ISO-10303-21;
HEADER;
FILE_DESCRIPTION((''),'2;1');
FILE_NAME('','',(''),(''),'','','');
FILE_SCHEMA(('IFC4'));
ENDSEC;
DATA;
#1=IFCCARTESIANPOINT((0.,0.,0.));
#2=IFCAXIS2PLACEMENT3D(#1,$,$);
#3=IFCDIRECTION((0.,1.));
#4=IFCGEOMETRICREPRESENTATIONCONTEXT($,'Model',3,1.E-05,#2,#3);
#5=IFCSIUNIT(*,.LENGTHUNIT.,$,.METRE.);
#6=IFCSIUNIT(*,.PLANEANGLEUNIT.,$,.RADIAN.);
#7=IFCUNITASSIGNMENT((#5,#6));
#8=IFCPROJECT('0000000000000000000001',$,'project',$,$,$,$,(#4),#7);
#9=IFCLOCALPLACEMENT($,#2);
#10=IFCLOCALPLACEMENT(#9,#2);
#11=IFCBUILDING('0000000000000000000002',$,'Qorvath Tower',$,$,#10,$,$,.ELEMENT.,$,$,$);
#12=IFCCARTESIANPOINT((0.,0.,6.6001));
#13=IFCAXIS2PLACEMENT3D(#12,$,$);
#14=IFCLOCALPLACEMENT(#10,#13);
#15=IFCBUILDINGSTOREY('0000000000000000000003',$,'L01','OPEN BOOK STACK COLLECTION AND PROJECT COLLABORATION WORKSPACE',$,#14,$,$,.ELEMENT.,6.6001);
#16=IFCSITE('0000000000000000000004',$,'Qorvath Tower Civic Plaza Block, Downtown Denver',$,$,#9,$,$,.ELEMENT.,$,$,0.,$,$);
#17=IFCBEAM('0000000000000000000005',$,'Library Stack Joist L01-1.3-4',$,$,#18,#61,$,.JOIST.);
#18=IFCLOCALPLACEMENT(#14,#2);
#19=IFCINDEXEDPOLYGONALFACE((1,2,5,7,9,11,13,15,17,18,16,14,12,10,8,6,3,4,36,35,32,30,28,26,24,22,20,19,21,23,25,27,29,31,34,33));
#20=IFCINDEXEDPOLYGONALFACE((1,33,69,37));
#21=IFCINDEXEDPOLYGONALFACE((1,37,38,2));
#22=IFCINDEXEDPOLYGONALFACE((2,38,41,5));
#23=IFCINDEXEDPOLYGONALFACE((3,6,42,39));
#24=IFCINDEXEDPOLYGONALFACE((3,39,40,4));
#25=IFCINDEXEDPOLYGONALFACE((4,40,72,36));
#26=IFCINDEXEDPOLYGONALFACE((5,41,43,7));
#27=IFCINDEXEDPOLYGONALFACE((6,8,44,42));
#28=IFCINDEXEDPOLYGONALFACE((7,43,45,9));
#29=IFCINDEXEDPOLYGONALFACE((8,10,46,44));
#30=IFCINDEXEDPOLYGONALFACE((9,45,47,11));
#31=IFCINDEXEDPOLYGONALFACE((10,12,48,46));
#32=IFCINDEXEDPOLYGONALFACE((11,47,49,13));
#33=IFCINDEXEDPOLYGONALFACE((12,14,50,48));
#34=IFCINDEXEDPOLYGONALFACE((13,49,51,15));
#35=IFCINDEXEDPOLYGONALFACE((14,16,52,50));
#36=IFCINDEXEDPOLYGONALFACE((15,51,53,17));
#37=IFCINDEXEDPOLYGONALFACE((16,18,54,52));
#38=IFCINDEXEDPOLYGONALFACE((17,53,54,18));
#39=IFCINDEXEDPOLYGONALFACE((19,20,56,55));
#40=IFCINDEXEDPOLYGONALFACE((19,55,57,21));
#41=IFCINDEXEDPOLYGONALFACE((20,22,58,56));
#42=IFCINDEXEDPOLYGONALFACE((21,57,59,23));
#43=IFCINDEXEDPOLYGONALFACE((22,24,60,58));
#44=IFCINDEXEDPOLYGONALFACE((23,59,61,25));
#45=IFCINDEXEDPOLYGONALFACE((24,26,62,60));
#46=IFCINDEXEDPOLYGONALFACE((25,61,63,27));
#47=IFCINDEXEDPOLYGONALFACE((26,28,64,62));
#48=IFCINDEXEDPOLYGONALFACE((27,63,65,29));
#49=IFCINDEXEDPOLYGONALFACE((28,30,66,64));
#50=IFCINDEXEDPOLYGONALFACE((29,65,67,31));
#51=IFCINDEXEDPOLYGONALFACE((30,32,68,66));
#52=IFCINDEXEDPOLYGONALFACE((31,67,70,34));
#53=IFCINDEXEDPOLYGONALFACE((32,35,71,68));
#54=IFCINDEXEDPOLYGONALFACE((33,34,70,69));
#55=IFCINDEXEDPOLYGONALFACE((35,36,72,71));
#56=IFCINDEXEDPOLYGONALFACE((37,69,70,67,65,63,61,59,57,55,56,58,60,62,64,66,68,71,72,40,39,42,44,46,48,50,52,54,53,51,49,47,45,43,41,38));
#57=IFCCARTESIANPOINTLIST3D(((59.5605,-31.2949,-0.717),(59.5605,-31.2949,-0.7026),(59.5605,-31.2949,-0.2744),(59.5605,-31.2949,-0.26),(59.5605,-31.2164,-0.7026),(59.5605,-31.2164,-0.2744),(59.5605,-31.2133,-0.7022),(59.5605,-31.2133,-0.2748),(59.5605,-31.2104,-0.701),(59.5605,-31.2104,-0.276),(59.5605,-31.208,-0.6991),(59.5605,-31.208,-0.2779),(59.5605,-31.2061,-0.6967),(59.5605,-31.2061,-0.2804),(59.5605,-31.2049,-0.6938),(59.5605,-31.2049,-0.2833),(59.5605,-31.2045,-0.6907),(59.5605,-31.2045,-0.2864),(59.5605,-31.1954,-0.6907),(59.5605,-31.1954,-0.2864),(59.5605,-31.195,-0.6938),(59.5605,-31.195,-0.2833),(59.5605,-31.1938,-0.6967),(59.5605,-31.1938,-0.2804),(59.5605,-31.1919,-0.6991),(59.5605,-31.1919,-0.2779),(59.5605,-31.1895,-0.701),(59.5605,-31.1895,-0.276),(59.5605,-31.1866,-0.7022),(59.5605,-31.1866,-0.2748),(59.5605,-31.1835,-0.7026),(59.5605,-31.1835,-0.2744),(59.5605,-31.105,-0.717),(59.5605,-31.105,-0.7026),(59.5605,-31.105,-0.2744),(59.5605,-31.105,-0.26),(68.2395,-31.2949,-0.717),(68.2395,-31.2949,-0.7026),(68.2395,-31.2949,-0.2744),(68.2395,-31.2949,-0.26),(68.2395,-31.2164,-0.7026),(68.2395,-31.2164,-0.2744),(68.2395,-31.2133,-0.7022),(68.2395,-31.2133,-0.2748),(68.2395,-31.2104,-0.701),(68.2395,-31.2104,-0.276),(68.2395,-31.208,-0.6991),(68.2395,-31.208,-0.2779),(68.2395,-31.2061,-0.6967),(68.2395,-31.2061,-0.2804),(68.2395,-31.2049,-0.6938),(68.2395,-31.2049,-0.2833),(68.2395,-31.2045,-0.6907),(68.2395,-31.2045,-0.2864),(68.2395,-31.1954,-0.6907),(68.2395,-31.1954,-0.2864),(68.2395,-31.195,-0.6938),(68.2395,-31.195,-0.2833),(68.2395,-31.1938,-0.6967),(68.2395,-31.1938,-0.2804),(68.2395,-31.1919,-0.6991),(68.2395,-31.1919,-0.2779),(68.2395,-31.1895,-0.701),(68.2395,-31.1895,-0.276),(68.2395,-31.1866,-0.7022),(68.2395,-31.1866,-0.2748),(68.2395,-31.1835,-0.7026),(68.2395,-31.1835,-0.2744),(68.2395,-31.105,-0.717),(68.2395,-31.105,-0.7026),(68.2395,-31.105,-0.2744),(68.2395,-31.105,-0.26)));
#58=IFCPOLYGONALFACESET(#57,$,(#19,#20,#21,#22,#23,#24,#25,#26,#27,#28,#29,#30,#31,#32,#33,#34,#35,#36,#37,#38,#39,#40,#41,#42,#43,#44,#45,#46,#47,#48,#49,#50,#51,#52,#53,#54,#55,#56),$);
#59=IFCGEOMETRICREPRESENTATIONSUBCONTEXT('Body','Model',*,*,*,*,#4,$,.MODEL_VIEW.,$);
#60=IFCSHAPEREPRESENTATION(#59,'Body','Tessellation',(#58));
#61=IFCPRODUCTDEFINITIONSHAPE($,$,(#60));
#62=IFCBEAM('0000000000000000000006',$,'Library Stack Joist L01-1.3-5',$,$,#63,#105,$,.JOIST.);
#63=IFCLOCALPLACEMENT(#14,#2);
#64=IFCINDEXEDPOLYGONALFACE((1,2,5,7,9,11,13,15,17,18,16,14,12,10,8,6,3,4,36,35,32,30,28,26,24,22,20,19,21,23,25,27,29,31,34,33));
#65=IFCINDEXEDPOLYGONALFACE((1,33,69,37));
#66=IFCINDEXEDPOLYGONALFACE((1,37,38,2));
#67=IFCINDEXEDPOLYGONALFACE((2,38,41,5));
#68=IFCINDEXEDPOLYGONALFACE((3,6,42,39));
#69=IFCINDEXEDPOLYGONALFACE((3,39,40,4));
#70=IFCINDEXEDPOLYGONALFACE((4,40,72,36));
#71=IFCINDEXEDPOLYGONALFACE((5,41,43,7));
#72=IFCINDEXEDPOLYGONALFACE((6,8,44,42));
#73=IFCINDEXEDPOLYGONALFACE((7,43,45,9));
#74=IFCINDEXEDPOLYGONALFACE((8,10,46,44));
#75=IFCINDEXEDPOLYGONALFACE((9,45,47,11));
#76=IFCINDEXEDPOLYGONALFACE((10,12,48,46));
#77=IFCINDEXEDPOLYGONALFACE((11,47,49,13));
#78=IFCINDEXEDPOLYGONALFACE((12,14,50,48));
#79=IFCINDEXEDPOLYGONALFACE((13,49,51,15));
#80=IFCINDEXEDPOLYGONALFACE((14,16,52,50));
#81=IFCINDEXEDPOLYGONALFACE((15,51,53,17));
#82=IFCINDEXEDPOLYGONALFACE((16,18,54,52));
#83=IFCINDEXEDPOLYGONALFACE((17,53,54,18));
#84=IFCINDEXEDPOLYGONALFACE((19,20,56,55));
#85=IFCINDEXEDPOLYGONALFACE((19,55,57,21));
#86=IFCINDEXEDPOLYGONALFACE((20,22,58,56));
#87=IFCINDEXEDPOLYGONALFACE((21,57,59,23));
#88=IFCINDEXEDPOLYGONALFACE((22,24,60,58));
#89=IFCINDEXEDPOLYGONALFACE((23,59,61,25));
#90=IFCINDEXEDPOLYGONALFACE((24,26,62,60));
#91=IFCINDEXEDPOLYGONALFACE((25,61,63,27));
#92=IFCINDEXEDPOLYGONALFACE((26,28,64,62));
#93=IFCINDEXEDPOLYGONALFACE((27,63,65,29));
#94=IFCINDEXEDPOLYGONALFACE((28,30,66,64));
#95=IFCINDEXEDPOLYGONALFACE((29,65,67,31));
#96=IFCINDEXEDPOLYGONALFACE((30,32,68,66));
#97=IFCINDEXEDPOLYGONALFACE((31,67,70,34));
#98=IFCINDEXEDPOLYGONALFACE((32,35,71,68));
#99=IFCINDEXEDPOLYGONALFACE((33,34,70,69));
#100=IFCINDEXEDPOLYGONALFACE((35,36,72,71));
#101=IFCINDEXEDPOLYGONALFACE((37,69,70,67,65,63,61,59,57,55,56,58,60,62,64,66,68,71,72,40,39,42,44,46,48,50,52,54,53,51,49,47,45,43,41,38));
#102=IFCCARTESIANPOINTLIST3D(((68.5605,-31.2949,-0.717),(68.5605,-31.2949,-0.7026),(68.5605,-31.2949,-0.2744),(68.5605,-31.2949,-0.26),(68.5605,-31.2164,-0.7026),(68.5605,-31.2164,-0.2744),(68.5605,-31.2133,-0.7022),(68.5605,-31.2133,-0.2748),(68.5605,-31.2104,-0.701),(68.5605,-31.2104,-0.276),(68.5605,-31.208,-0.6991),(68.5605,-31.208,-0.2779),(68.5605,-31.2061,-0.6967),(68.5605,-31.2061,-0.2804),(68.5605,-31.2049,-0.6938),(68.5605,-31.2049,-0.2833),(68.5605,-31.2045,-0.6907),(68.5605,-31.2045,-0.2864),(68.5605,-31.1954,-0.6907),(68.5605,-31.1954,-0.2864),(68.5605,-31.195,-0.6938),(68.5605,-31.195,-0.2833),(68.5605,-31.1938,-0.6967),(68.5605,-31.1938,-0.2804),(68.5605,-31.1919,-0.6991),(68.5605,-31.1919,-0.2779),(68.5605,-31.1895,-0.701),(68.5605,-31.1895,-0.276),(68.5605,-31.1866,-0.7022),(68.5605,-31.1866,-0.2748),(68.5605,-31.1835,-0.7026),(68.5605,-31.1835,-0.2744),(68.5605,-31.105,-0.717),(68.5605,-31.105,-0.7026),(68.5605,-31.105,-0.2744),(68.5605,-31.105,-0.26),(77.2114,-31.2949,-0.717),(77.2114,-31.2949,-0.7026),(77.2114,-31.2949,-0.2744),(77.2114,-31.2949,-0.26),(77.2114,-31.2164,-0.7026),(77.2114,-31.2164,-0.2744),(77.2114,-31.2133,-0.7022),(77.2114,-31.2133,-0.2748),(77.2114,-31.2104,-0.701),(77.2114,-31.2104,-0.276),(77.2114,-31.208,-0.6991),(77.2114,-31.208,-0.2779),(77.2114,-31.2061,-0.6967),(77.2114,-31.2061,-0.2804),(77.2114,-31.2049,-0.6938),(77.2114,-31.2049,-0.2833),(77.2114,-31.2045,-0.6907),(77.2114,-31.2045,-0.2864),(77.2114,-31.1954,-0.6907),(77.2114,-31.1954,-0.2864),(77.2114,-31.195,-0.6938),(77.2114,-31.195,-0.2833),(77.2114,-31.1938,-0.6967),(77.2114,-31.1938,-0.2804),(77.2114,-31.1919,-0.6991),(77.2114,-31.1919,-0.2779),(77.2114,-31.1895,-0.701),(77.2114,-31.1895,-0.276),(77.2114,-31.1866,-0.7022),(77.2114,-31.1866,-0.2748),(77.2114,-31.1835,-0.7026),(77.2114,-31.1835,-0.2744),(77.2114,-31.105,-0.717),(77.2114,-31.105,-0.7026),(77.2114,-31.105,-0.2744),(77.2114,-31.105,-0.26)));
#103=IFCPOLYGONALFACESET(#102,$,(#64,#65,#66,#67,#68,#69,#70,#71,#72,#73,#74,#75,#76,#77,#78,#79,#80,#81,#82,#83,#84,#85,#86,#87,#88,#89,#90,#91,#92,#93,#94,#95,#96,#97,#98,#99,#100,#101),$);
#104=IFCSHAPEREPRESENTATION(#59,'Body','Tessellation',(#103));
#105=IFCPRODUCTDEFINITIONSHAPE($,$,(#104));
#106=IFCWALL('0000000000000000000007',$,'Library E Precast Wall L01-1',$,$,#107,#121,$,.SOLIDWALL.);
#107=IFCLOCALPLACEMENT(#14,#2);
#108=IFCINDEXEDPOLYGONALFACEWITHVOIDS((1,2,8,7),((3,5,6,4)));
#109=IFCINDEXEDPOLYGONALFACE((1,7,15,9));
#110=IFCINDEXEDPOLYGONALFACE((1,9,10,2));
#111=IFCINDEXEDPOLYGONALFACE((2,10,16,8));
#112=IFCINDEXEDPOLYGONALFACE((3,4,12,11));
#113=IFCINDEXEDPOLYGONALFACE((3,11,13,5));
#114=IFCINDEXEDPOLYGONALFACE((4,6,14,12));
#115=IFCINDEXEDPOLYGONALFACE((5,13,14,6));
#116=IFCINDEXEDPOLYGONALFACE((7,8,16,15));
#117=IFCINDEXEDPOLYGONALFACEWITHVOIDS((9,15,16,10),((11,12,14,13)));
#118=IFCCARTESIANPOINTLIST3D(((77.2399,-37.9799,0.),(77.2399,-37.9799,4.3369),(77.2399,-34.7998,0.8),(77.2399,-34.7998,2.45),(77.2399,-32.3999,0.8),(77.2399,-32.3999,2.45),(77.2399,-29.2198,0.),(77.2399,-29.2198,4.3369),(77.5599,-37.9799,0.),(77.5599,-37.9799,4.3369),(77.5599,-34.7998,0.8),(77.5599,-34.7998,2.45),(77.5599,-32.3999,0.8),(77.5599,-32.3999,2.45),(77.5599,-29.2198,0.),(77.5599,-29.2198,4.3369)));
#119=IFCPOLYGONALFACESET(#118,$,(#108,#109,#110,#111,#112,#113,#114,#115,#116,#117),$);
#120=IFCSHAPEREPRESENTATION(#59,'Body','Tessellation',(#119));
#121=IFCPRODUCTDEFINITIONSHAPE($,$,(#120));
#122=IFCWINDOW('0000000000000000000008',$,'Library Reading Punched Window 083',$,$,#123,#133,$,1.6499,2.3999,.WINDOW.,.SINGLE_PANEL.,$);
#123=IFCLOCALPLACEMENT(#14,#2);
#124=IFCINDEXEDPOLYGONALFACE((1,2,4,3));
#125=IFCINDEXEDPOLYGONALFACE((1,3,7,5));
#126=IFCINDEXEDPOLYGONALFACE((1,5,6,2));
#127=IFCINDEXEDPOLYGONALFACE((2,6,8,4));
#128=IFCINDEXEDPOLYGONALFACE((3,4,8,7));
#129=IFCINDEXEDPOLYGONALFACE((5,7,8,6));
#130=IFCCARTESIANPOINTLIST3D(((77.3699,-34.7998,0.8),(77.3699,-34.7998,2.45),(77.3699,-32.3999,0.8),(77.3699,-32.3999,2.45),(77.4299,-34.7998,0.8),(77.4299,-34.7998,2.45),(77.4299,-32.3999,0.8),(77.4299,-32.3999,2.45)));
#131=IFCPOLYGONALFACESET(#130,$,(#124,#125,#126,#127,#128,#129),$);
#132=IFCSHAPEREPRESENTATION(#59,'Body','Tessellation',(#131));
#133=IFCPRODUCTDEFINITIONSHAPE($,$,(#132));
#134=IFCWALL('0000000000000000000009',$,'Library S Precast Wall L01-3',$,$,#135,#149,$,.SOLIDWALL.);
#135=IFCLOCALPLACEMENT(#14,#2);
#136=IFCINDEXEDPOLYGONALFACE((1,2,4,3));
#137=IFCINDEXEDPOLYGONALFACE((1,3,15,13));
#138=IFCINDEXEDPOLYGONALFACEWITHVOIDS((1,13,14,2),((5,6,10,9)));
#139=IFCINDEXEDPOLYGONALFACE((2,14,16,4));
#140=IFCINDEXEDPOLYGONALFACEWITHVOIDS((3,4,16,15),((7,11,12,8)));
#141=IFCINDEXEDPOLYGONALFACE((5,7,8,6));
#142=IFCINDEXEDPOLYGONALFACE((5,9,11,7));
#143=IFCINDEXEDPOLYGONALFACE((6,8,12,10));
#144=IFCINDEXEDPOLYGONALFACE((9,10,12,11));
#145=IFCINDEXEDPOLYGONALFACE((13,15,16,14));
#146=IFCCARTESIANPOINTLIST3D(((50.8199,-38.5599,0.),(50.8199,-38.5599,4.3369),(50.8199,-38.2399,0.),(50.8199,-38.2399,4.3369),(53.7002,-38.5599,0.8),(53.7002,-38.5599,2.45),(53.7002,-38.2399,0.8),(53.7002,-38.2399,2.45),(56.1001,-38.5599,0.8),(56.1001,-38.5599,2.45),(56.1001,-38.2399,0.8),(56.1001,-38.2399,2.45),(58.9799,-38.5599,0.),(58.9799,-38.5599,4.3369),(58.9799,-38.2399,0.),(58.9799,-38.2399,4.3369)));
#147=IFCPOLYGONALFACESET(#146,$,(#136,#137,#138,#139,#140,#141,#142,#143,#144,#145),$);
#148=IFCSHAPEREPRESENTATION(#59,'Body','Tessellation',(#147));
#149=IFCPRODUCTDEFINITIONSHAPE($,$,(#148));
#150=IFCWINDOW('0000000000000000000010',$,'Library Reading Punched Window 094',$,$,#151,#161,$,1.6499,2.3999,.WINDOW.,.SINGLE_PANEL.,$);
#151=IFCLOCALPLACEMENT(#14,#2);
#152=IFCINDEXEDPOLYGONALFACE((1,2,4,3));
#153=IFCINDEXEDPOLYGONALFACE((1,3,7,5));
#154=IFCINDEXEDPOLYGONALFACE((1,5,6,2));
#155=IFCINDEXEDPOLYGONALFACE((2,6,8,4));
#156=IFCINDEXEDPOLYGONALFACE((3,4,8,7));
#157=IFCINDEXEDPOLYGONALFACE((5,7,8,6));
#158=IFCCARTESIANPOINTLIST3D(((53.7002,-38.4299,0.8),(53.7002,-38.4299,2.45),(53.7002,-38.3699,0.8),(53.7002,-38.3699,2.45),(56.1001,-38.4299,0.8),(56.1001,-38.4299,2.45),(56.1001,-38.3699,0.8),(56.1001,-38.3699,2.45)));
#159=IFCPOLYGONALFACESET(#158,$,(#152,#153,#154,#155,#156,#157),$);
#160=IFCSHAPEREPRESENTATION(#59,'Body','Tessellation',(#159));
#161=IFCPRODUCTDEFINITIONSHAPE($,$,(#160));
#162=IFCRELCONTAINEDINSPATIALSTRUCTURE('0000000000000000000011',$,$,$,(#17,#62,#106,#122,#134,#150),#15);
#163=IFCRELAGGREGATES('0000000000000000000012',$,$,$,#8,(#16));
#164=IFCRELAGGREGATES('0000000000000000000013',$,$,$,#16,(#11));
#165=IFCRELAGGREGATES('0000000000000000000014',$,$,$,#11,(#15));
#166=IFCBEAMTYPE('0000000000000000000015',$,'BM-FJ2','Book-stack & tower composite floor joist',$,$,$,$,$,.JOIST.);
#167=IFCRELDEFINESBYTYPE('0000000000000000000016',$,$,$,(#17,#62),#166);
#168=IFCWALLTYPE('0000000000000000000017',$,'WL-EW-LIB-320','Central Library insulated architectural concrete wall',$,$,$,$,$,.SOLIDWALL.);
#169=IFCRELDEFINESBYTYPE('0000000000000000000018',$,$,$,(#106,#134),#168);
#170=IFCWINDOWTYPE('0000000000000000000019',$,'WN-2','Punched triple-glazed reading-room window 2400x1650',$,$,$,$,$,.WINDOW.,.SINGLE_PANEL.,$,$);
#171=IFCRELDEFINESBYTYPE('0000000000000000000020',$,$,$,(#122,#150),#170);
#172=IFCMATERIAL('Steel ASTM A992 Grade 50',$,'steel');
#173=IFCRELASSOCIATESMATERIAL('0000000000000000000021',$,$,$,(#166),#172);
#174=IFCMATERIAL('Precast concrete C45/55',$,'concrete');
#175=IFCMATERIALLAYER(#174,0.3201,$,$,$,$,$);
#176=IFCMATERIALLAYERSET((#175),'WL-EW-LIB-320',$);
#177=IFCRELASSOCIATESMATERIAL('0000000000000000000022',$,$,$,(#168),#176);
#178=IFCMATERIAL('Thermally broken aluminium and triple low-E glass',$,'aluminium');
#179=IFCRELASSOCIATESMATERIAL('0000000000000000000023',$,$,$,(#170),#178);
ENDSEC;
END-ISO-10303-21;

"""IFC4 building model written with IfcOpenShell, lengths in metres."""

from ifc_helpers import new_model, si_unit, direction, frame, frame_2d, origin, origin_2d, place, context, subcontext, project, spatial, rectangle, i_section, extrude, material, layer, layer_set, material_profile, profile_set, type_object, element, fill, save


model = new_model("IFC4")

# Units and contexts
model_context = context("Model", 3, precision=1e-05, world=origin(), true_north=direction((0.0, 1.0)))
body_context = subcontext(model_context, "Body", "Model", "MODEL_VIEW")
ifc_project = project(units=[si_unit("LENGTHUNIT", "METRE"), si_unit("PLANEANGLEUNIT", "RADIAN")], contexts=[model_context])

# Site, building, storey
site_placement = place(None, origin())
site = spatial("IfcSite", under=ifc_project, at=site_placement, Name="Qorvath Tower Civic Plaza Block, Downtown Denver", CompositionType="ELEMENT", RefElevation=0.0)
building_placement = place(site_placement, origin())
building = spatial("IfcBuilding", under=site, at=building_placement, Name="Qorvath Tower", CompositionType="ELEMENT")
storey_placement = place(building_placement, frame((0.0, 0.0, 6.6001)))
storey = spatial("IfcBuildingStorey", under=building, at=storey_placement, Name="L01", Description="OPEN BOOK STACK COLLECTION AND PROJECT COLLABORATION WORKSPACE", CompositionType="ELEMENT", Elevation=6.6001)

# Beams
ifc_material_1 = material(Name="Steel ASTM A992 Grade 50", Category="steel")
ifc_material_profile_1 = material_profile(ifc_material_1, i_section(OverallWidth=0.1899, OverallDepth=0.457, WebThickness=0.009, FlangeThickness=0.0144, FilletRadius=0.012, at=origin_2d()), Name="W18x50")
ifc_profile_set_1 = profile_set([ifc_material_profile_1], Name="Steel ASTM A992 Grade 50")
beam_type_1 = type_object("IfcBeamType", Name="BM-FJ2", Description="Book-stack & tower composite floor joist", PredefinedType="JOIST", material=ifc_profile_set_1)
beam_1_placement = place(storey_placement, frame((59.5605, -31.2, -0.4885), z_axis=(1.0, 0.0, 0.0), x_axis=(0.0, 1.0, 0.0)))
element("IfcBeam", 1, at=beam_1_placement, inside=storey, type_object=beam_type_1, Name="Library Stack Joist L01-1.3-4", PredefinedType="JOIST", context=body_context, shape_type="SweptSolid", body=[
    extrude(i_section(OverallWidth=0.1899, OverallDepth=0.457, WebThickness=0.009, FlangeThickness=0.0144, FilletRadius=0.012, at=origin_2d()), origin(), (0.0, 0.0, 1.0), 8.679),
])
beam_2_placement = place(storey_placement, frame((68.5605, -31.2, -0.4885), z_axis=(1.0, 0.0, 0.0), x_axis=(0.0, 1.0, 0.0)))
element("IfcBeam", 2, at=beam_2_placement, inside=storey, type_object=beam_type_1, Name="Library Stack Joist L01-1.3-5", PredefinedType="JOIST", context=body_context, shape_type="SweptSolid", body=[
    extrude(i_section(OverallWidth=0.1899, OverallDepth=0.457, WebThickness=0.009, FlangeThickness=0.0144, FilletRadius=0.012, at=origin_2d()), origin(), (0.0, 0.0, 1.0), 8.6509),
])

# Walls, openings, windows
ifc_material_2 = material(Name="Precast concrete C45/55", Category="concrete")
ifc_layer = layer(ifc_material_2, 0.3201)
ifc_layer_set = layer_set([ifc_layer], Name="WL-EW-LIB-320")
wall_type = type_object("IfcWallType", Name="WL-EW-LIB-320", Description="Central Library insulated architectural concrete wall", PredefinedType="SOLIDWALL", material=ifc_layer_set)
wall_1_placement = place(storey_placement, frame((77.3999, -29.22, 0.0), z_axis=(0.0, 0.0, 1.0), x_axis=(0.0, -1.0, 0.0)))
wall_1 = element("IfcWall", 3, at=wall_1_placement, inside=storey, type_object=wall_type, Name="Library E Precast Wall L01-1", PredefinedType="SOLIDWALL", context=body_context, shape_type="SweptSolid", body=[
    extrude(rectangle(XDim=8.76, YDim=0.3201, at=frame_2d((4.3799, 0.0))), origin(), (0.0, 0.0, 1.0), 4.3369),
])
opening_1_placement = place(wall_1_placement, frame((3.1799, 0.0, 0.8)))
opening_1 = element("IfcOpeningElement", 4, at=opening_1_placement, cuts=wall_1, PredefinedType="OPENING", context=body_context, shape_type="SweptSolid", body=[
    extrude(rectangle(XDim=2.3999, YDim=1.6499, at=frame_2d((1.2, 0.825))), frame((0.0, 0.1699, 0.0), z_axis=(0.0, -1.0, 0.0), x_axis=(1.0, 0.0, 0.0)), (0.0, 0.0, 1.0), 0.3401),
])
ifc_material_3 = material(Name="Thermally broken aluminium and triple low-E glass", Category="aluminium")
window_type = type_object("IfcWindowType", Name="WN-2", Description="Punched triple-glazed reading-room window 2400x1650", PartitioningType="SINGLE_PANEL", PredefinedType="WINDOW", material=ifc_material_3)
window_1_placement = place(opening_1_placement, origin())
window_1 = element("IfcWindow", 5, at=window_1_placement, inside=storey, type_object=window_type, Name="Library Reading Punched Window 083", OverallHeight=1.6499, OverallWidth=2.3999, PartitioningType="SINGLE_PANEL", PredefinedType="WINDOW", context=body_context, shape_type="SweptSolid", body=[
    extrude(rectangle(XDim=2.3999, YDim=1.6499, at=frame_2d((1.2, 0.825))), frame((0.0, 0.03, 0.0), z_axis=(0.0, -1.0, 0.0), x_axis=(1.0, 0.0, 0.0)), (0.0, 0.0, 1.0), 0.0601),
])
fill(opening_1, window_1)
wall_2_placement = place(storey_placement, frame((58.98, -38.3999, 0.0), z_axis=(0.0, 0.0, 1.0), x_axis=(-1.0, 0.0, 0.0)))
wall_2 = element("IfcWall", 6, at=wall_2_placement, inside=storey, type_object=wall_type, Name="Library S Precast Wall L01-3", PredefinedType="SOLIDWALL", context=body_context, shape_type="SweptSolid", body=[
    extrude(rectangle(XDim=8.1599, YDim=0.3201, at=frame_2d((4.0801, 0.0))), origin(), (0.0, 0.0, 1.0), 4.3369),
])
opening_2_placement = place(wall_2_placement, frame((2.8799, 0.0, 0.8)))
opening_2 = element("IfcOpeningElement", 7, at=opening_2_placement, cuts=wall_2, PredefinedType="OPENING", context=body_context, shape_type="SweptSolid", body=[
    extrude(rectangle(XDim=2.3999, YDim=1.6499, at=frame_2d((1.2, 0.825))), frame((0.0, 0.1699, 0.0), z_axis=(0.0, -1.0, 0.0), x_axis=(1.0, 0.0, 0.0)), (0.0, 0.0, 1.0), 0.3401),
])
window_2_placement = place(opening_2_placement, origin())
window_2 = element("IfcWindow", 8, at=window_2_placement, inside=storey, type_object=window_type, Name="Library Reading Punched Window 094", OverallHeight=1.6499, OverallWidth=2.3999, PartitioningType="SINGLE_PANEL", PredefinedType="WINDOW", context=body_context, shape_type="SweptSolid", body=[
    extrude(rectangle(XDim=2.3999, YDim=1.6499, at=frame_2d((1.2, 0.825))), frame((0.0, 0.03, 0.0), z_axis=(0.0, -1.0, 0.0), x_axis=(1.0, 0.0, 0.0)), (0.0, 0.0, 1.0), 0.0601),
])
fill(opening_2, window_2)

save(model, "model.ifc")
